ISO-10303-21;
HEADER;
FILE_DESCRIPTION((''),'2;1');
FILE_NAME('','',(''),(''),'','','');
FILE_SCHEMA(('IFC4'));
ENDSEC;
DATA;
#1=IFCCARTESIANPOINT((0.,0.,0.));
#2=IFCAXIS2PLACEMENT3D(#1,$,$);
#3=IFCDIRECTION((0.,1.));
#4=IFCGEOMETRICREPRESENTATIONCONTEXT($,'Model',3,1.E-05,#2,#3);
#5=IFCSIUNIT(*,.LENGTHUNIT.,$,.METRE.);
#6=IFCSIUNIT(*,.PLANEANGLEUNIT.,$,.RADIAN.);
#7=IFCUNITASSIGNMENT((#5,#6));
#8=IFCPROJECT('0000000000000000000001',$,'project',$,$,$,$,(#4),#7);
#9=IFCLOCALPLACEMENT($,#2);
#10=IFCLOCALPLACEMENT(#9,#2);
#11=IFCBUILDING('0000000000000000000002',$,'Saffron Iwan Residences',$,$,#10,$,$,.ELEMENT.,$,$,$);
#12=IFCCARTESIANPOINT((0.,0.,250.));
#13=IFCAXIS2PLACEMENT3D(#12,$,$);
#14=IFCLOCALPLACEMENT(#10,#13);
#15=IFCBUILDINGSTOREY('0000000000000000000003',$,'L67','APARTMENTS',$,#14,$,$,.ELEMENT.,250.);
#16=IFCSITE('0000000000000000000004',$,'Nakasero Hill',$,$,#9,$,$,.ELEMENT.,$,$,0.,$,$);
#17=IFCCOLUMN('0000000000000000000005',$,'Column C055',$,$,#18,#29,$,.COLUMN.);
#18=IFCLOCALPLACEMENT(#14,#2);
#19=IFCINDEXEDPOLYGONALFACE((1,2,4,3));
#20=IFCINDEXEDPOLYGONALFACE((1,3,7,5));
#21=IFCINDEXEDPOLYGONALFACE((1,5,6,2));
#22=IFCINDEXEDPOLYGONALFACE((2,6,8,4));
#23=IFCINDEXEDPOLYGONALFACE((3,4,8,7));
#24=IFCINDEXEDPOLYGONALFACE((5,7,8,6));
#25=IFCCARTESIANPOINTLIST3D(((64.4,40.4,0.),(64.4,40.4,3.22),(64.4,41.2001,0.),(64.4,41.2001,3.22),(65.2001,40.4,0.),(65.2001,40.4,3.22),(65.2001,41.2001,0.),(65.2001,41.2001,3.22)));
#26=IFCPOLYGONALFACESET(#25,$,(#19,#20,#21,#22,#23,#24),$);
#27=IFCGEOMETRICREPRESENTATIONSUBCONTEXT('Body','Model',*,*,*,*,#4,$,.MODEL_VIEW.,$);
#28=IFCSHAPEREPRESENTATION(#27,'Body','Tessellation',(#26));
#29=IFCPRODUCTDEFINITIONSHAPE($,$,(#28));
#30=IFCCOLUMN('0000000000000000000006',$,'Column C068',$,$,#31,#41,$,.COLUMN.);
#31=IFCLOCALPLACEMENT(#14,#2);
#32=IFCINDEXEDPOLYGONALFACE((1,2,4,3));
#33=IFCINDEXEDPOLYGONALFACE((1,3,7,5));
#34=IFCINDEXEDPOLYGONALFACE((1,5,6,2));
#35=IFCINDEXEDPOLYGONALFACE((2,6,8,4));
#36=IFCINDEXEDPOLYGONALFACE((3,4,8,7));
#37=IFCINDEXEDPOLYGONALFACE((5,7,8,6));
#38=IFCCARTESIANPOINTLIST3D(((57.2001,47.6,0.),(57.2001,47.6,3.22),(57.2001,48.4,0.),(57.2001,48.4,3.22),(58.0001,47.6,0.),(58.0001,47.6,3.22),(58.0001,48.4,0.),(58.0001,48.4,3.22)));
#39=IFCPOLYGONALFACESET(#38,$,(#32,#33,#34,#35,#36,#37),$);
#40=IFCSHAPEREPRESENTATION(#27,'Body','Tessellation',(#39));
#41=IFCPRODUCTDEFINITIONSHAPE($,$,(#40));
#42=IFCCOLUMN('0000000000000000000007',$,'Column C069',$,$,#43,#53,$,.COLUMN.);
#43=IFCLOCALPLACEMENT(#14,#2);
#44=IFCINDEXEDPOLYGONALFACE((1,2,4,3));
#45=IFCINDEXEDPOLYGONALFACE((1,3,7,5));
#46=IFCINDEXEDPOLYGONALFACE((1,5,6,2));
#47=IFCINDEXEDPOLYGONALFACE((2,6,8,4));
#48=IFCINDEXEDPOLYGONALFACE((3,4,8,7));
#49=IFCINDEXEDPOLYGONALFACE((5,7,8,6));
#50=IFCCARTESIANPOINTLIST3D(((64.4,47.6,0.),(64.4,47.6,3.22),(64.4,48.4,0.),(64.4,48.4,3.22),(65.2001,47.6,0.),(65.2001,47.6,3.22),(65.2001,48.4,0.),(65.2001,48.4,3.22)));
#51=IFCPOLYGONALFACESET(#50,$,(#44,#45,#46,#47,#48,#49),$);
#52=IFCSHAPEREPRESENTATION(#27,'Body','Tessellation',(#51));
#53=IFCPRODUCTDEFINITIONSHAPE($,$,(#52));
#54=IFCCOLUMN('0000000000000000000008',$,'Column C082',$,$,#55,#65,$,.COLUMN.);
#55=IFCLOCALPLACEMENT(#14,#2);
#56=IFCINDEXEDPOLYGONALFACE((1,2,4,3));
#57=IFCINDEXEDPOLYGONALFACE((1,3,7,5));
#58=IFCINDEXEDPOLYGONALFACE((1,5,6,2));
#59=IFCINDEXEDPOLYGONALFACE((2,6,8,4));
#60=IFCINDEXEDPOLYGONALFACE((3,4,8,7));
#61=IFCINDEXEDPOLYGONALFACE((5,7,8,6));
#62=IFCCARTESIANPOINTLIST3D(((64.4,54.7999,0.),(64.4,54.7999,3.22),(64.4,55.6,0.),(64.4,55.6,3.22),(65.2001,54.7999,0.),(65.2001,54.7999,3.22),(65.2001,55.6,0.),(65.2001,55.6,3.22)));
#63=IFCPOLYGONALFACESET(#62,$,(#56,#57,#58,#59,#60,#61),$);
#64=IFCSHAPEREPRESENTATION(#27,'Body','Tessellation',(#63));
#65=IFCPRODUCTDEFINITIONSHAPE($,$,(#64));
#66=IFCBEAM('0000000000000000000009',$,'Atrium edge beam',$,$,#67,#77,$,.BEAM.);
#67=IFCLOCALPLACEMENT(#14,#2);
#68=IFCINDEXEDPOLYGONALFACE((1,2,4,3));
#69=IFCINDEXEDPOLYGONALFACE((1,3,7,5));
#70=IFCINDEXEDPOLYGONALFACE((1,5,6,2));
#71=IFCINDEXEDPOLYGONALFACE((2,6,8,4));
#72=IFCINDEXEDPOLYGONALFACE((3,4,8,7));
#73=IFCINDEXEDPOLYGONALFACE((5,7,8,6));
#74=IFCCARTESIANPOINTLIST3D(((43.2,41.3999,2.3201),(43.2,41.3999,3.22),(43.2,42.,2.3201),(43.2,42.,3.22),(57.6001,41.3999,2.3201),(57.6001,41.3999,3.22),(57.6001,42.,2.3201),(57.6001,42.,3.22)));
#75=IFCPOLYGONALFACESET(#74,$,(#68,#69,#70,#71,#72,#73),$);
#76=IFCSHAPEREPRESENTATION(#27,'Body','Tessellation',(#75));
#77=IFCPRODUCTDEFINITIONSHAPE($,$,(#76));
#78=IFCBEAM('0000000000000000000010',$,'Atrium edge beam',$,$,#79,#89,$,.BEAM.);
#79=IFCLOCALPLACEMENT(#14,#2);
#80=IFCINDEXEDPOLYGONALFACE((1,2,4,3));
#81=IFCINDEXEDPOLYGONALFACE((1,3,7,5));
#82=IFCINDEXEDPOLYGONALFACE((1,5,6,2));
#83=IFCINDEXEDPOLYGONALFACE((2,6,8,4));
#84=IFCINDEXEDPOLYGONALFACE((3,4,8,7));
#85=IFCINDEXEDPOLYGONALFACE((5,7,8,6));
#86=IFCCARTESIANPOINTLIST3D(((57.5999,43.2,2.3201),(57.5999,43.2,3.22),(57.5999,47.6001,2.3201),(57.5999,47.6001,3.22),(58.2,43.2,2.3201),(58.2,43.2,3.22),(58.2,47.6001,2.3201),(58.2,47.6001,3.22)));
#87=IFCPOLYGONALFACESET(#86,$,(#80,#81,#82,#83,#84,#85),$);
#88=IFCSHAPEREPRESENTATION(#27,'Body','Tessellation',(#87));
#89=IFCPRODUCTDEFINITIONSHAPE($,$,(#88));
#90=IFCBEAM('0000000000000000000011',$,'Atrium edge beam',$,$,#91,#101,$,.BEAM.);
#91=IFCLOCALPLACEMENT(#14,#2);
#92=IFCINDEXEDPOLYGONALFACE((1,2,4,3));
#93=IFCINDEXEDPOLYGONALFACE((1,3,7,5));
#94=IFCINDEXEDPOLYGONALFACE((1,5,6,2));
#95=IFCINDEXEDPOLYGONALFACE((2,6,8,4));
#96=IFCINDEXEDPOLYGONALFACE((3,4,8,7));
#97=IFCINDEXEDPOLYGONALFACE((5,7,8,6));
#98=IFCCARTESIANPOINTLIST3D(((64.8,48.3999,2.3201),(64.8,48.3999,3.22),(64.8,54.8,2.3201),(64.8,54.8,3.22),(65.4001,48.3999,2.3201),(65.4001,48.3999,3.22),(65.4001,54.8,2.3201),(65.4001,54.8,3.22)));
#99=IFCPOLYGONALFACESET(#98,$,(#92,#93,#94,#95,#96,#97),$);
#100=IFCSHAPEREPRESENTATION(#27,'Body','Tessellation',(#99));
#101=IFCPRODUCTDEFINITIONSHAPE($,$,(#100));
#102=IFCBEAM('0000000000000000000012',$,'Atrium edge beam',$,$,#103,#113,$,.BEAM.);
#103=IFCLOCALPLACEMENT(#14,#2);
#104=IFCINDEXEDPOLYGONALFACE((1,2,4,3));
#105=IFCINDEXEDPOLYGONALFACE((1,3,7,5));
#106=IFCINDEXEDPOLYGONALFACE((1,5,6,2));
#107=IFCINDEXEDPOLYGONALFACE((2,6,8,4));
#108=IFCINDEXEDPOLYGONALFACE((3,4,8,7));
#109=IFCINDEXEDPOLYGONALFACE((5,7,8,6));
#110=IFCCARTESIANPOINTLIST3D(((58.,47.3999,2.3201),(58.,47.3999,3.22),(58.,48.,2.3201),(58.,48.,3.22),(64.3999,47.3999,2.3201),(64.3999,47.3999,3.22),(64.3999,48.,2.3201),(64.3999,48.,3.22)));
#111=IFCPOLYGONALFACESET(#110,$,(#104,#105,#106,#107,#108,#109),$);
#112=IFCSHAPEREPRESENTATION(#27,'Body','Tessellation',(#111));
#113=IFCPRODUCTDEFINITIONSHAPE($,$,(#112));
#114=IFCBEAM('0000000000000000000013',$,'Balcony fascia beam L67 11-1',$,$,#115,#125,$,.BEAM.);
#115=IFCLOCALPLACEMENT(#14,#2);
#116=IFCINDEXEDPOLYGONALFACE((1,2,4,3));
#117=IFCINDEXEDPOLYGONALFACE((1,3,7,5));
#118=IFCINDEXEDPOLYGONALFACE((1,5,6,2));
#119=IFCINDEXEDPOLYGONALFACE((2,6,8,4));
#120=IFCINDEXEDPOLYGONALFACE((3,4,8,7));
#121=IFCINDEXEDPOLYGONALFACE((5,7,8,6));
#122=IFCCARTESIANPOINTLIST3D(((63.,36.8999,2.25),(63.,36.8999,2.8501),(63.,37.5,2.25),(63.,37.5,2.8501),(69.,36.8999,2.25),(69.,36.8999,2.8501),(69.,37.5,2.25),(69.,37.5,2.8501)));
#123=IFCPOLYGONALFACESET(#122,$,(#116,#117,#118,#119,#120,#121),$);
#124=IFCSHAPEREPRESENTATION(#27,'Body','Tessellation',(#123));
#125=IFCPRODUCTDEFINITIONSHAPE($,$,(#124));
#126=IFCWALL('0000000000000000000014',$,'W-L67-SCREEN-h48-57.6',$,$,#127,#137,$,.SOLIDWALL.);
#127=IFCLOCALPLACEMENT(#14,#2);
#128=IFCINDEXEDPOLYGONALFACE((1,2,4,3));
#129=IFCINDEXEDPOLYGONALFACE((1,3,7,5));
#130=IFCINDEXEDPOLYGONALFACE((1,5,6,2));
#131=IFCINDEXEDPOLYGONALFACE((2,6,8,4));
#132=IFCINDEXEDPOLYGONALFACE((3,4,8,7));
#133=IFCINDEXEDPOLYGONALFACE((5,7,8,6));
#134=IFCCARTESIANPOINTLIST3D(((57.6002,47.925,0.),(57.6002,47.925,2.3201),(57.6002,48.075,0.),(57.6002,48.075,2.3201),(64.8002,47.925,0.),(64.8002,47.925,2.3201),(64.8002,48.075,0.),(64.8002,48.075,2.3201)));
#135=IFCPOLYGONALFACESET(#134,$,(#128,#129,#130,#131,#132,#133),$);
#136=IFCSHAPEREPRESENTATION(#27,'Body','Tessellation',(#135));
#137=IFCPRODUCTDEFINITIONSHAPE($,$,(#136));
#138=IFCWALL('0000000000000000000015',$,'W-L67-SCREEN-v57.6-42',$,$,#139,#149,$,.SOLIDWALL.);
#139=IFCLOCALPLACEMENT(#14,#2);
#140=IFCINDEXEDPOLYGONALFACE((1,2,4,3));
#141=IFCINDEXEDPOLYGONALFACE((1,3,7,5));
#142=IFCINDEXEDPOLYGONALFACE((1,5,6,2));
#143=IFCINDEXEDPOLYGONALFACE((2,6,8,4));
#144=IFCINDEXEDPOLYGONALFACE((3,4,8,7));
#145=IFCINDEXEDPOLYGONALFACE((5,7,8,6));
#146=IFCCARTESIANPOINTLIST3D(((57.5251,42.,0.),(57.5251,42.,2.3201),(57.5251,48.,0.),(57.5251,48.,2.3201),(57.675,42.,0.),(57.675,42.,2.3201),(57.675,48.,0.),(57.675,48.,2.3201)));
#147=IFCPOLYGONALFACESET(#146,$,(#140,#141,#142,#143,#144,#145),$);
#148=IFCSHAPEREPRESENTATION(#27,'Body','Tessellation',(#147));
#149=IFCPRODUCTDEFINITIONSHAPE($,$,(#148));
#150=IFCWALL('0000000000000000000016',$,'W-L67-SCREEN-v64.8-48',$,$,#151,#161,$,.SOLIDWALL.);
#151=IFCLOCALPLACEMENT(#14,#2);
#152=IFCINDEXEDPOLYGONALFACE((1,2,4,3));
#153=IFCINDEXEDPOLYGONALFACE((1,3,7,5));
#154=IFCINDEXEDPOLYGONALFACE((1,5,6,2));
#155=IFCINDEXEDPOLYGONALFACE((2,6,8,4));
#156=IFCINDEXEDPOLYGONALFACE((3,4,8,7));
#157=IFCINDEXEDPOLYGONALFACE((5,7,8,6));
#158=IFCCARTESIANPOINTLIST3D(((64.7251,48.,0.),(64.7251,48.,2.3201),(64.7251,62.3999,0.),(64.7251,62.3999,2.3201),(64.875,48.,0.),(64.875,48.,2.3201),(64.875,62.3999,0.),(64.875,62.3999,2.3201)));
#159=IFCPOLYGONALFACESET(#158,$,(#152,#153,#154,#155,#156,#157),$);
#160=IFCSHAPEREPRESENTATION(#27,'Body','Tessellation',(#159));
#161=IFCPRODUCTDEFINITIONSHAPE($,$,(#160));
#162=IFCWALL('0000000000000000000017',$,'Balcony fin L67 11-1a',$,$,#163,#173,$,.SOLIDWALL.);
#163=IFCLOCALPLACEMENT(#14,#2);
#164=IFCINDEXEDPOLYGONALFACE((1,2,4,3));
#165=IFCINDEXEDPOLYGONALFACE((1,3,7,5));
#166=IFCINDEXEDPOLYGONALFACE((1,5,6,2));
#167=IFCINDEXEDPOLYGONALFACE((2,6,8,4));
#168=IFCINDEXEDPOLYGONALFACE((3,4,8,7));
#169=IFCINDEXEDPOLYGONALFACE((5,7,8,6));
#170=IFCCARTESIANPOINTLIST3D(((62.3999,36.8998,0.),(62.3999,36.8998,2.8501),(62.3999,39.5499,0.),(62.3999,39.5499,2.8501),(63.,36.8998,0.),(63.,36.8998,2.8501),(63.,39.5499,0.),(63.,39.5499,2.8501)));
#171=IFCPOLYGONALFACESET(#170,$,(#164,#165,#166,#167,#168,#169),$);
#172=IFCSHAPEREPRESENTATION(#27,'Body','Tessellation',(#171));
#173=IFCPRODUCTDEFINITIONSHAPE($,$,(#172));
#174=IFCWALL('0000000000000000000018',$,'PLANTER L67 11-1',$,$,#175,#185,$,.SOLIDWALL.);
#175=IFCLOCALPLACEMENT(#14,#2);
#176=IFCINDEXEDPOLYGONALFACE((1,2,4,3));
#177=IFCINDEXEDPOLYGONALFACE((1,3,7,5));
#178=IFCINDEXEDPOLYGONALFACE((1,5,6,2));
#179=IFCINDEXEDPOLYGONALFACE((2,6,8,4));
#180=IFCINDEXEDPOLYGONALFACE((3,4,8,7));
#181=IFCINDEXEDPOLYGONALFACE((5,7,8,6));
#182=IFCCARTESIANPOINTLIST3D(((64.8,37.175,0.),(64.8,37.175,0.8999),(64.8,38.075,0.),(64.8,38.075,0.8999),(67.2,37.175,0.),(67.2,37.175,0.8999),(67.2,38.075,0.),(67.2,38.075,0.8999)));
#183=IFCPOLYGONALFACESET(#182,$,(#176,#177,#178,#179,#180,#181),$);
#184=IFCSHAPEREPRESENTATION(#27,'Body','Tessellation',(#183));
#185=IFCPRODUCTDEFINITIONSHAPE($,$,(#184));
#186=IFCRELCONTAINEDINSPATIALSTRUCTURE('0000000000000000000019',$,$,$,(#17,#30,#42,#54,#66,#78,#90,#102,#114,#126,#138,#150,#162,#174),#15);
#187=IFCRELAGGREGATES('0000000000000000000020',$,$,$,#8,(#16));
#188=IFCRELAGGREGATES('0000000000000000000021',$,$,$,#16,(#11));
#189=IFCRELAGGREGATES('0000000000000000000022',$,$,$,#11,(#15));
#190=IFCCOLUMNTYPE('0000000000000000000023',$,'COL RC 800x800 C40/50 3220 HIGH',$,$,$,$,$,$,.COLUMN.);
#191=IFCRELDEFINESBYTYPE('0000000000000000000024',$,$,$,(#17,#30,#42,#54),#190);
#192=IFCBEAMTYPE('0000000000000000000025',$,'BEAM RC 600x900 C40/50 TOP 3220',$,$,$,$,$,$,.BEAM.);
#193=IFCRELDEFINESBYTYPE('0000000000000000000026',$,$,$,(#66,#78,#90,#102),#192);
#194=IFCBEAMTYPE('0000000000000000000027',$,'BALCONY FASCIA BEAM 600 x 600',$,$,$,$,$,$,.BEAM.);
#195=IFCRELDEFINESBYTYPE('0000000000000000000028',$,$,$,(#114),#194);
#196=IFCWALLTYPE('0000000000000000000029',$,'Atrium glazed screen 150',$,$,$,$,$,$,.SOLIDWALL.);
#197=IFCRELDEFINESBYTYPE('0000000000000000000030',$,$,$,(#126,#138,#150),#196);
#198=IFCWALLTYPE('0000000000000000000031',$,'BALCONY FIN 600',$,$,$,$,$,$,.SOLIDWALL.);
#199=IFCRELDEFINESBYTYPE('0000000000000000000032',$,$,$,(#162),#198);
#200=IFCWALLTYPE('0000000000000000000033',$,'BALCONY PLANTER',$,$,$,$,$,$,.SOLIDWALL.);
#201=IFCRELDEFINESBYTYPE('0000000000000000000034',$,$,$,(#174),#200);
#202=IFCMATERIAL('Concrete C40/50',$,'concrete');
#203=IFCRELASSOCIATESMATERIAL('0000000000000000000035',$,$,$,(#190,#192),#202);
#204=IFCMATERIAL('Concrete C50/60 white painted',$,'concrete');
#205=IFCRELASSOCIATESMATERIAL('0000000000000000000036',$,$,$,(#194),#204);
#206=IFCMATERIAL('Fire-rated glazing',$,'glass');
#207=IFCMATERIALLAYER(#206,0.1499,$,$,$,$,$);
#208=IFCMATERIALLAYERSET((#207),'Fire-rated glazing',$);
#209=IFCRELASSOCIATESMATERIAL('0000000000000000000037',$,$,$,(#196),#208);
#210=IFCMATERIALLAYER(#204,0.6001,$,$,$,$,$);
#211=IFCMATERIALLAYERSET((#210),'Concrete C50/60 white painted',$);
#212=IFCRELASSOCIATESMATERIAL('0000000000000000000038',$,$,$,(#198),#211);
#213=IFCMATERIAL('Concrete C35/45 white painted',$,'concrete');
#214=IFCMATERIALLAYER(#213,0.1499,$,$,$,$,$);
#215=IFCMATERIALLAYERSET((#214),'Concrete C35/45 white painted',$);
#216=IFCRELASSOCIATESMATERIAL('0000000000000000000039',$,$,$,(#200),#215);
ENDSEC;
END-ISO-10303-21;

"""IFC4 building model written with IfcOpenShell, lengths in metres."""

from ifc_helpers import new_model, si_unit, direction, frame, frame_2d, origin, origin_2d, place, context, subcontext, project, spatial, rectangle, extrude, source, transform, mapped, material, layer, layer_set, material_profile, profile_set, type_object, element, save


model = new_model("IFC4")

# Units and contexts
model_context = context("Model", 3, precision=1e-05, world=origin(), true_north=direction((0.0, 1.0)))
body_context = subcontext(model_context, "Body", "Model", "MODEL_VIEW")
ifc_project = project(units=[si_unit("LENGTHUNIT", "METRE"), si_unit("PLANEANGLEUNIT", "RADIAN")], contexts=[model_context])

# Site, building, storey
site_placement = place(None, origin())
site = spatial("IfcSite", under=ifc_project, at=site_placement, Name="Nakasero Hill", CompositionType="ELEMENT", RefElevation=0.0)
building_placement = place(site_placement, origin())
building = spatial("IfcBuilding", under=site, at=building_placement, Name="Saffron Iwan Residences", CompositionType="ELEMENT")
storey_placement = place(building_placement, frame((0.0, 0.0, 250.0)))
storey = spatial("IfcBuildingStorey", under=building, at=storey_placement, Name="L67", Description="APARTMENTS", CompositionType="ELEMENT", Elevation=250.0)

# Columns
ifc_material_1 = material(Name="Concrete C40/50", Category="concrete")
ifc_material_profile_1 = material_profile(ifc_material_1, rectangle(XDim=0.8, YDim=0.8, at=origin_2d()), Name="RC 800x800")
ifc_profile_set_1 = profile_set([ifc_material_profile_1], Name="Concrete C40/50")
column_type = type_object("IfcColumnType", Name="COL RC 800x800 C40/50 3220 HIGH", PredefinedType="COLUMN", material=ifc_profile_set_1)
shared_shape_1 = source(origin(), body_context, "Body", "SweptSolid", [
    extrude(rectangle(XDim=0.8, YDim=0.8, at=origin_2d()), origin(), (0.0, 0.0, 1.0), 3.22),
])
for number, where, z_axis, x_axis, name in (
    (1, (64.8, 40.8, 0.0), (0.0, 0.0, 1.0), (1.0, 0.0, 0.0), "Column C055"),
    (2, (57.6001, 48.0, 0.0), (0.0, 0.0, 1.0), (1.0, 0.0, 0.0), "Column C068"),
    (3, (64.8, 48.0, 0.0), (0.0, 0.0, 1.0), (1.0, 0.0, 0.0), "Column C069"),
    (4, (64.8, 55.2, 0.0), (0.0, 0.0, 1.0), (1.0, 0.0, 0.0), "Column C082"),
):
    element("IfcColumn", number, at=place(storey_placement, frame(where, z_axis=z_axis, x_axis=x_axis)), inside=storey, type_object=column_type, Name=name, PredefinedType="COLUMN", context=body_context, shape_type="MappedRepresentation", body=[
        mapped(shared_shape_1, transform((0.0, 0.0, 0.0))),
    ])

# Beams
ifc_material_profile_2 = material_profile(ifc_material_1, rectangle(XDim=0.6001, YDim=0.8999, at=origin_2d()), Name="RC 600x900")
ifc_profile_set_2 = profile_set([ifc_material_profile_2], Name="Concrete C40/50")
beam_type_1 = type_object("IfcBeamType", Name="BEAM RC 600x900 C40/50 TOP 3220", PredefinedType="BEAM", material=ifc_profile_set_2)
shared_shape_2 = source(origin(), body_context, "Body", "SweptSolid", [
    extrude(rectangle(XDim=0.6001, YDim=0.8999, at=origin_2d()), origin(), (0.0, 0.0, 1.0), 14.4001),
])
beam_1_placement = place(storey_placement, frame((57.6001, 41.7, 2.77), z_axis=(-1.0, 0.0, 0.0), x_axis=(0.0, -1.0, 0.0)))
element("IfcBeam", 5, at=beam_1_placement, inside=storey, type_object=beam_type_1, Name="Atrium edge beam", PredefinedType="BEAM", context=body_context, shape_type="MappedRepresentation", body=[
    mapped(shared_shape_2, transform((0.0, 0.0, 0.0))),
])
shared_shape_3 = source(origin(), body_context, "Body", "SweptSolid", [
    extrude(rectangle(XDim=0.6001, YDim=0.8999, at=origin_2d()), origin(), (0.0, 0.0, 1.0), 4.4001),
])
beam_2_placement = place(storey_placement, frame((57.8999, 47.6001, 2.77), z_axis=(0.0, -1.0, 0.0), x_axis=(1.0, 0.0, 0.0)))
element("IfcBeam", 6, at=beam_2_placement, inside=storey, type_object=beam_type_1, Name="Atrium edge beam", PredefinedType="BEAM", context=body_context, shape_type="MappedRepresentation", body=[
    mapped(shared_shape_3, transform((0.0, 0.0, 0.0))),
])
shared_shape_4 = source(origin(), body_context, "Body", "SweptSolid", [
    extrude(rectangle(XDim=0.6001, YDim=0.8999, at=origin_2d()), origin(), (0.0, 0.0, 1.0), 6.4001),
])
beam_3_placement = place(storey_placement, frame((65.1001, 54.8, 2.77), z_axis=(0.0, -1.0, 0.0), x_axis=(1.0, 0.0, 0.0)))
element("IfcBeam", 7, at=beam_3_placement, inside=storey, type_object=beam_type_1, Name="Atrium edge beam", PredefinedType="BEAM", context=body_context, shape_type="MappedRepresentation", body=[
    mapped(shared_shape_4, transform((0.0, 0.0, 0.0))),
])
shared_shape_5 = source(origin(), body_context, "Body", "SweptSolid", [
    extrude(rectangle(XDim=0.6001, YDim=0.8999, at=origin_2d()), origin(), (0.0, 0.0, 1.0), 6.3999),
])
beam_4_placement = place(storey_placement, frame((64.3999, 47.7, 2.77), z_axis=(-1.0, 0.0, 0.0), x_axis=(0.0, -1.0, 0.0)))
element("IfcBeam", 8, at=beam_4_placement, inside=storey, type_object=beam_type_1, Name="Atrium edge beam", PredefinedType="BEAM", context=body_context, shape_type="MappedRepresentation", body=[
    mapped(shared_shape_5, transform((0.0, 0.0, 0.0))),
])
ifc_material_2 = material(Name="Concrete C50/60 white painted", Category="concrete")
ifc_material_profile_3 = material_profile(ifc_material_2, rectangle(XDim=0.6001, YDim=0.6001, at=origin_2d()), Name="BALCONY FASCIA BEAM 600 x 600")
ifc_profile_set_3 = profile_set([ifc_material_profile_3], Name="Concrete C50/60 white painted")
beam_type_2 = type_object("IfcBeamType", Name="BALCONY FASCIA BEAM 600 x 600", PredefinedType="BEAM", material=ifc_profile_set_3)
shared_shape_6 = source(origin(), body_context, "Body", "SweptSolid", [
    extrude(rectangle(XDim=0.6001, YDim=0.6001, at=origin_2d()), origin(), (0.0, 0.0, 1.0), 6.0),
])
beam_5_placement = place(storey_placement, frame((63.0, 37.2, 2.55), z_axis=(1.0, 0.0, 0.0), x_axis=(0.0, 1.0, 0.0)))
element("IfcBeam", 9, at=beam_5_placement, inside=storey, type_object=beam_type_2, Name="Balcony fascia beam L67 11-1", PredefinedType="BEAM", context=body_context, shape_type="MappedRepresentation", body=[
    mapped(shared_shape_6, transform((0.0, 0.0, 0.0))),
])

# Walls
ifc_material_3 = material(Name="Fire-rated glazing", Category="glass")
ifc_layer_1 = layer(ifc_material_3, 0.1499)
ifc_layer_set_1 = layer_set([ifc_layer_1], Name="Fire-rated glazing")
wall_type_1 = type_object("IfcWallType", Name="Atrium glazed screen 150", PredefinedType="SOLIDWALL", material=ifc_layer_set_1)
wall_1_placement = place(storey_placement, frame((57.6001, 48.0, 0.0), z_axis=(0.0, 0.0, 1.0), x_axis=(1.0, 0.0, 0.0)))
element("IfcWall", 10, at=wall_1_placement, inside=storey, type_object=wall_type_1, Name="W-L67-SCREEN-h48-57.6", PredefinedType="SOLIDWALL", context=body_context, shape_type="SweptSolid", body=[
    extrude(rectangle(XDim=7.2, YDim=0.1499, at=frame_2d((3.6001, 0.0))), origin(), (0.0, 0.0, 1.0), 2.3201),
])
wall_2_placement = place(storey_placement, frame((57.6001, 42.0, 0.0), z_axis=(0.0, 0.0, 1.0), x_axis=(0.0, 1.0, 0.0)))
element("IfcWall", 11, at=wall_2_placement, inside=storey, type_object=wall_type_1, Name="W-L67-SCREEN-v57.6-42", PredefinedType="SOLIDWALL", context=body_context, shape_type="SweptSolid", body=[
    extrude(rectangle(XDim=6.0, YDim=0.1499, at=frame_2d((3.0, 0.0))), origin(), (0.0, 0.0, 1.0), 2.3201),
])
wall_3_placement = place(storey_placement, frame((64.8, 48.0, 0.0), z_axis=(0.0, 0.0, 1.0), x_axis=(0.0, 1.0, 0.0)))
element("IfcWall", 12, at=wall_3_placement, inside=storey, type_object=wall_type_1, Name="W-L67-SCREEN-v64.8-48", PredefinedType="SOLIDWALL", context=body_context, shape_type="SweptSolid", body=[
    extrude(rectangle(XDim=14.3999, YDim=0.1499, at=frame_2d((7.2, 0.0))), origin(), (0.0, 0.0, 1.0), 2.3201),
])
ifc_layer_2 = layer(ifc_material_2, 0.6001)
ifc_layer_set_2 = layer_set([ifc_layer_2], Name="Concrete C50/60 white painted")
wall_type_2 = type_object("IfcWallType", Name="BALCONY FIN 600", PredefinedType="SOLIDWALL", material=ifc_layer_set_2)
wall_4_placement = place(storey_placement, frame((62.7, 39.55, 0.0), z_axis=(0.0, 0.0, 1.0), x_axis=(0.0, -1.0, 0.0)))
element("IfcWall", 13, at=wall_4_placement, inside=storey, type_object=wall_type_2, Name="Balcony fin L67 11-1a", PredefinedType="SOLIDWALL", context=body_context, shape_type="SweptSolid", body=[
    extrude(rectangle(XDim=2.6501, YDim=0.6001, at=frame_2d((1.3252, 0.0))), origin(), (0.0, 0.0, 1.0), 2.8501),
])
ifc_material_4 = material(Name="Concrete C35/45 white painted", Category="concrete")
ifc_layer_3 = layer(ifc_material_4, 0.1499)
ifc_layer_set_3 = layer_set([ifc_layer_3], Name="Concrete C35/45 white painted")
wall_type_3 = type_object("IfcWallType", Name="BALCONY PLANTER", PredefinedType="SOLIDWALL", material=ifc_layer_set_3)
wall_5_placement = place(storey_placement, frame((64.8, 37.625, 0.0), z_axis=(0.0, 0.0, 1.0), x_axis=(1.0, 0.0, 0.0)))
element("IfcWall", 14, at=wall_5_placement, inside=storey, type_object=wall_type_3, Name="PLANTER L67 11-1", PredefinedType="SOLIDWALL", context=body_context, shape_type="SweptSolid", body=[
    extrude(rectangle(XDim=2.3999, YDim=0.8999, at=frame_2d((1.2, 0.0))), origin(), (0.0, 0.0, 1.0), 0.8999),
])

save(model, "model.ifc")
